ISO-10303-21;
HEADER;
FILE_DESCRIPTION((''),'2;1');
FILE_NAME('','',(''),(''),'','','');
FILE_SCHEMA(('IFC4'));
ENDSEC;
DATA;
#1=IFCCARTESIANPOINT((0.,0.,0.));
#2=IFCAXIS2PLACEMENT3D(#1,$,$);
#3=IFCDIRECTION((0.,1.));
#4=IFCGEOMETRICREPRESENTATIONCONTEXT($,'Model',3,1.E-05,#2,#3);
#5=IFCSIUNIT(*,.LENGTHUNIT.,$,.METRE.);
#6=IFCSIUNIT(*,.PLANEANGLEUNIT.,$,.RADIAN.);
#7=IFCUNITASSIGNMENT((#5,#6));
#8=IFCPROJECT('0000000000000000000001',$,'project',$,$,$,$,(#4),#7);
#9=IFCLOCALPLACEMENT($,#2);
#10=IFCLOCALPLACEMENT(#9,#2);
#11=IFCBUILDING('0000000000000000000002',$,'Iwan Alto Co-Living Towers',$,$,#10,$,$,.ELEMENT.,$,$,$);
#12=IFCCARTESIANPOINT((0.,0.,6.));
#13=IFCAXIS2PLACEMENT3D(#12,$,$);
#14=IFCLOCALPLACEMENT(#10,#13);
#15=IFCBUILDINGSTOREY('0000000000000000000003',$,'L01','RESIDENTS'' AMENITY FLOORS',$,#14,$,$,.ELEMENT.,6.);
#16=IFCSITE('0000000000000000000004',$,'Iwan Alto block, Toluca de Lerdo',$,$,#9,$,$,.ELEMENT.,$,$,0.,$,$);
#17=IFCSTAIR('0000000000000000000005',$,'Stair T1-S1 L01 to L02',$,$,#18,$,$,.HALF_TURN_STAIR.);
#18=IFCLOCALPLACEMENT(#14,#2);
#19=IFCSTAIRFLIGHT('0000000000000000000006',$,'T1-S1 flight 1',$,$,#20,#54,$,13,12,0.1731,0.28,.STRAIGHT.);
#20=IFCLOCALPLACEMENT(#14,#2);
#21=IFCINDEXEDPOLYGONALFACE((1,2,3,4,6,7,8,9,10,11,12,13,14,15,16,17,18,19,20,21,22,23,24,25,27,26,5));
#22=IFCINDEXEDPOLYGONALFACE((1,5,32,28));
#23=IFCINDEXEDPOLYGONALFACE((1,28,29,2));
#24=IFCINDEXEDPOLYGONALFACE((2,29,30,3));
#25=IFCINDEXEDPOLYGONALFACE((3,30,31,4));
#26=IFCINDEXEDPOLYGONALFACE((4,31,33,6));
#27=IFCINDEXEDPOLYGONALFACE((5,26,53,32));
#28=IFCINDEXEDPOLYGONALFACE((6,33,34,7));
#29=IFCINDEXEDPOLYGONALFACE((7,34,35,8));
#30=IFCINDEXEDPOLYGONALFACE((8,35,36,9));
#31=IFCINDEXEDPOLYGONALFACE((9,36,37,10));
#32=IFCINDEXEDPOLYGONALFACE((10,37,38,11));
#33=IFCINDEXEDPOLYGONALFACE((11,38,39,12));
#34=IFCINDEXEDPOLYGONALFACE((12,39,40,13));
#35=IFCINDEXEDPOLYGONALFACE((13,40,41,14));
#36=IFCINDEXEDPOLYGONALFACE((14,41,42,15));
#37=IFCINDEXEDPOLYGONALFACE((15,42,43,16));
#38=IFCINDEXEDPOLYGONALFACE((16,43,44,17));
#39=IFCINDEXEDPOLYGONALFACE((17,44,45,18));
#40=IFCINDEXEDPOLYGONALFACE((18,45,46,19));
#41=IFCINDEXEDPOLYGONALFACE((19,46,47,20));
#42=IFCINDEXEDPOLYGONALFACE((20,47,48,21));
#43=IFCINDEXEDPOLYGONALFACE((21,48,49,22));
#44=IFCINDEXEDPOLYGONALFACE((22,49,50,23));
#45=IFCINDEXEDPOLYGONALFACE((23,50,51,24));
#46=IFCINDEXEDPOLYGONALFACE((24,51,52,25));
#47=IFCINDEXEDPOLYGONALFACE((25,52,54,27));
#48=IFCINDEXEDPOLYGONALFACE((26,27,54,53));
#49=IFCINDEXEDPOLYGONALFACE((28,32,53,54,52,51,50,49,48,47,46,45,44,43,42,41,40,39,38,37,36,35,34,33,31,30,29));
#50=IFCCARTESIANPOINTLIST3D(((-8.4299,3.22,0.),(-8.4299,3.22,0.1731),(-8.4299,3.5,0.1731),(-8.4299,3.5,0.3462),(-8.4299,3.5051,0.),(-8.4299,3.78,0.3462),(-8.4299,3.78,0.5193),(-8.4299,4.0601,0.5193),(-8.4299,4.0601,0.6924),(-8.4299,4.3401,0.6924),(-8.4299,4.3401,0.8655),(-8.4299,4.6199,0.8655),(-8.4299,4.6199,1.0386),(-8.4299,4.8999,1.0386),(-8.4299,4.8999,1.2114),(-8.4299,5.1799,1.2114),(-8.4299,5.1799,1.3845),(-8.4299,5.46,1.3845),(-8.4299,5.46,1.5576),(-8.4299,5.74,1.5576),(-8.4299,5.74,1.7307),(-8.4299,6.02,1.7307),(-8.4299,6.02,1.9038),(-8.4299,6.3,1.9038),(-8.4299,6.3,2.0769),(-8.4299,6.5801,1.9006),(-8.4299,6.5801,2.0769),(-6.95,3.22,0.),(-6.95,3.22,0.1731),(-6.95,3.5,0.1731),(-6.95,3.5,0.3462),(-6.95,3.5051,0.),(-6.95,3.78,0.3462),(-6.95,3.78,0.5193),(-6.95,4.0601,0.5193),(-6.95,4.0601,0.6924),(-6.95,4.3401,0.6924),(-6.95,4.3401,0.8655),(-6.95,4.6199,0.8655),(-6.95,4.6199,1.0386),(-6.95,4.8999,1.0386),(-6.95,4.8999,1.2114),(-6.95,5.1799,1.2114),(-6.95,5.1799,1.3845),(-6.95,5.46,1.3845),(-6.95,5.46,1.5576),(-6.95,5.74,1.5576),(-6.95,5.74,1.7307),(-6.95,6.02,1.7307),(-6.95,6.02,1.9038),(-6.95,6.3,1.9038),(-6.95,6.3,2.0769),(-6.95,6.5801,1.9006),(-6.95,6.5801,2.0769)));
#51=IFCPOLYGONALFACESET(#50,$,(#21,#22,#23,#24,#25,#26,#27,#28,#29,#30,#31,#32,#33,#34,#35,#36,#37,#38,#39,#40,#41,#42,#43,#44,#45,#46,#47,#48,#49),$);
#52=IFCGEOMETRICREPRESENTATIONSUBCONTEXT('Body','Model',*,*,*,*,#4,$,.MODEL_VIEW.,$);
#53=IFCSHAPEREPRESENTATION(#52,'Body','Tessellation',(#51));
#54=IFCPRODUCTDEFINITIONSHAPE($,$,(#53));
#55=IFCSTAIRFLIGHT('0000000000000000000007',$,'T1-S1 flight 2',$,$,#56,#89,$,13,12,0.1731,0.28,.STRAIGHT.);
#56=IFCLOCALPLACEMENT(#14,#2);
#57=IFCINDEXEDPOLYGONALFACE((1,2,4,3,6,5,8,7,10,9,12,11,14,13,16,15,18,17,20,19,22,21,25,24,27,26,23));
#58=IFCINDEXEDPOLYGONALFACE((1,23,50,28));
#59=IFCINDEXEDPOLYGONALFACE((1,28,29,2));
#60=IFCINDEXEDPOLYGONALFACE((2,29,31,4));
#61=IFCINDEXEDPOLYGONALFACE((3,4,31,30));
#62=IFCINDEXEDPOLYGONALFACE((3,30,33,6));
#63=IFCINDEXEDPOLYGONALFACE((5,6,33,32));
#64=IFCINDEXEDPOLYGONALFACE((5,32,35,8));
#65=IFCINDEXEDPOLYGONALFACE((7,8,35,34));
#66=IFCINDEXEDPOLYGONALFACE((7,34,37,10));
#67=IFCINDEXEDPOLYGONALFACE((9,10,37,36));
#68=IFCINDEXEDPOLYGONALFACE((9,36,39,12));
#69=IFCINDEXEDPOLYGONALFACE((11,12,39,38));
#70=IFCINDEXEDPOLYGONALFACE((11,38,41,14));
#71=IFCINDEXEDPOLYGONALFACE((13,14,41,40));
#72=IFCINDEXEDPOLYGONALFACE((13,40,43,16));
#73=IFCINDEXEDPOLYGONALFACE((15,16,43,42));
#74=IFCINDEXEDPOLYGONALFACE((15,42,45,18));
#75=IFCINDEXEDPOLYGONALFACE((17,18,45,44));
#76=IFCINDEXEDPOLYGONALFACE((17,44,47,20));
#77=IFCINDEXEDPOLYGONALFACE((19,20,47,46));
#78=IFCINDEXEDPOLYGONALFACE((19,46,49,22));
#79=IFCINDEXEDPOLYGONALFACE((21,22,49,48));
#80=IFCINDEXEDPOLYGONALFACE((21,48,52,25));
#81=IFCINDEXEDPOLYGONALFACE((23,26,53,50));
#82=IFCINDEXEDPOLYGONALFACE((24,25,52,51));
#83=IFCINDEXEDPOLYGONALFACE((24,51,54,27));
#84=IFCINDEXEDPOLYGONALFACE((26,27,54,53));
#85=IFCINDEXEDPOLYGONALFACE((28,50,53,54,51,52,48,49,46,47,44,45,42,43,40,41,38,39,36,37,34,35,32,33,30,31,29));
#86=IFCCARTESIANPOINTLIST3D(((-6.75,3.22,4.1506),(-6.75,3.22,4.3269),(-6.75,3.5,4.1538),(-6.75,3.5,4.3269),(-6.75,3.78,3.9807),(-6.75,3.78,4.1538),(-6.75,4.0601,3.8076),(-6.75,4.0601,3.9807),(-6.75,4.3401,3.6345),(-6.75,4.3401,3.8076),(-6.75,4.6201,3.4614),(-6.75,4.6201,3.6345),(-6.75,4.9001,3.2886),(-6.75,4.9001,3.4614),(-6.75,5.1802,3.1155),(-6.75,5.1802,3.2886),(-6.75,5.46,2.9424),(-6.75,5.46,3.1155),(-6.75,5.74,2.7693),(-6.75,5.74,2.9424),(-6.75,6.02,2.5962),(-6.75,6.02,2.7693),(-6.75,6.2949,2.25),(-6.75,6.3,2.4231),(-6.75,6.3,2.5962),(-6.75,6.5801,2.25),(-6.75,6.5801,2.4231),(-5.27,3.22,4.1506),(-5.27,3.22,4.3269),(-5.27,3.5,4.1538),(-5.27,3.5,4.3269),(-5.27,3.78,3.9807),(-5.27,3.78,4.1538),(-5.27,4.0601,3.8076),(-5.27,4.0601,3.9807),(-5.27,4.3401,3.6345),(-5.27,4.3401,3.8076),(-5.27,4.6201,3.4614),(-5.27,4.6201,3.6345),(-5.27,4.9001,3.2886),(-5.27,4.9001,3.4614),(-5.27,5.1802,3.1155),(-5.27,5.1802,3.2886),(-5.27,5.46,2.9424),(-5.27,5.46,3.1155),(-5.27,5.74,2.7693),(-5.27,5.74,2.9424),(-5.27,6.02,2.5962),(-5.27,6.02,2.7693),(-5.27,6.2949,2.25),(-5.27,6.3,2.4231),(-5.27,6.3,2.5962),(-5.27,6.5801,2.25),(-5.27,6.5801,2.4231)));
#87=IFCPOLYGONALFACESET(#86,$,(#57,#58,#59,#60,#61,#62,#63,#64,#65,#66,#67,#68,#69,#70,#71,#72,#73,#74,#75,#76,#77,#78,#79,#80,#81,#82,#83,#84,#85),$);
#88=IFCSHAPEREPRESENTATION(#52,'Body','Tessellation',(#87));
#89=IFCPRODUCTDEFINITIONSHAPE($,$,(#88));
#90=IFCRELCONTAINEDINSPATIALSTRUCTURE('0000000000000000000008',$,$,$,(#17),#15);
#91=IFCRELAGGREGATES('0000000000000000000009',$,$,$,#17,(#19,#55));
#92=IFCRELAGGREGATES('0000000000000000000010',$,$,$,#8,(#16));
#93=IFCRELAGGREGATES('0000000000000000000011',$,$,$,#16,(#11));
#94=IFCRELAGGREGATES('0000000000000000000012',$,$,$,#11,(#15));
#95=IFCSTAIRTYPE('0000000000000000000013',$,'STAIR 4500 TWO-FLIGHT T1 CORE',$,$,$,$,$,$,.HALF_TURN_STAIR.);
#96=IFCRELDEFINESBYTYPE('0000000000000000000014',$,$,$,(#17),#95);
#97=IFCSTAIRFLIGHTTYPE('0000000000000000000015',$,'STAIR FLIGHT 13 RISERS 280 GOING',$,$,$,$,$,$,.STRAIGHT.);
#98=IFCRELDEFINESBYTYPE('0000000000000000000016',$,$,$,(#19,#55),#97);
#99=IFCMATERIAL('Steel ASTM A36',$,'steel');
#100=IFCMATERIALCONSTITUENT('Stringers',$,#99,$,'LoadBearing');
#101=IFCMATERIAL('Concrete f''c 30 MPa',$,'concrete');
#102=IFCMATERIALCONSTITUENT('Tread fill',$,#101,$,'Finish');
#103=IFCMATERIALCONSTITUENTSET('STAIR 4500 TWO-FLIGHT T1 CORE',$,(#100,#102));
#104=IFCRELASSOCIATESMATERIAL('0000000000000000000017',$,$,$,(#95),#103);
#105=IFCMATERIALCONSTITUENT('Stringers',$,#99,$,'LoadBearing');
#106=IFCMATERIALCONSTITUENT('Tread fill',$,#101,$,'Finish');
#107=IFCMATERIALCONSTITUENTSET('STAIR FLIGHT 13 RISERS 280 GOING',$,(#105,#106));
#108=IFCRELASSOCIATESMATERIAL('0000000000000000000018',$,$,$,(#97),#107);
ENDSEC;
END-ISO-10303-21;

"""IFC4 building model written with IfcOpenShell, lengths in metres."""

from ifc_helpers import new_model, si_unit, direction, frame, origin, place, context, subcontext, project, spatial, polyline, outline, extrude, material, constituent, constituent_set, type_object, element, aggregate, save


model = new_model("IFC4")

# Units and contexts
model_context = context("Model", 3, precision=1e-05, world=origin(), true_north=direction((0.0, 1.0)))
body_context = subcontext(model_context, "Body", "Model", "MODEL_VIEW")
ifc_project = project(units=[si_unit("LENGTHUNIT", "METRE"), si_unit("PLANEANGLEUNIT", "RADIAN")], contexts=[model_context])

# Site, building, storey
site_placement = place(None, origin())
site = spatial("IfcSite", under=ifc_project, at=site_placement, Name="Iwan Alto block, Toluca de Lerdo", CompositionType="ELEMENT", RefElevation=0.0)
building_placement = place(site_placement, origin())
building = spatial("IfcBuilding", under=site, at=building_placement, Name="Iwan Alto Co-Living Towers", CompositionType="ELEMENT")
storey_placement = place(building_placement, frame((0.0, 0.0, 6.0)))
storey = spatial("IfcBuildingStorey", under=building, at=storey_placement, Name="L01", Description="RESIDENTS' AMENITY FLOORS", CompositionType="ELEMENT", Elevation=6.0)

# Stair, stair flights
ifc_material_1 = material(Name="Steel ASTM A36", Category="steel")
ifc_constituent_1 = constituent(ifc_material_1, Name="Stringers", Category="LoadBearing")
ifc_material_2 = material(Name="Concrete f'c 30 MPa", Category="concrete")
ifc_constituent_2 = constituent(ifc_material_2, Name="Tread fill", Category="Finish")
ifc_constituent_set_1 = constituent_set(constituents=[ifc_constituent_1, ifc_constituent_2], Name="STAIR 4500 TWO-FLIGHT T1 CORE")
stair_type = type_object("IfcStairType", Name="STAIR 4500 TWO-FLIGHT T1 CORE", PredefinedType="HALF_TURN_STAIR", material=ifc_constituent_set_1)
stair_placement = place(storey_placement, origin())
stair = element("IfcStair", 1, at=stair_placement, inside=storey, type_object=stair_type, Name="Stair T1-S1 L01 to L02", PredefinedType="HALF_TURN_STAIR")
ifc_constituent_3 = constituent(ifc_material_1, Name="Stringers", Category="LoadBearing")
ifc_constituent_4 = constituent(ifc_material_2, Name="Tread fill", Category="Finish")
ifc_constituent_set_2 = constituent_set(constituents=[ifc_constituent_3, ifc_constituent_4], Name="STAIR FLIGHT 13 RISERS 280 GOING")
stair_flight_type = type_object("IfcStairFlightType", Name="STAIR FLIGHT 13 RISERS 280 GOING", PredefinedType="STRAIGHT", material=ifc_constituent_set_2)
stair_flight_1_placement = place(storey_placement, frame((-7.6899, 3.22, 0.0), z_axis=(0.0, 0.0, 1.0), x_axis=(0.0, 1.0, 0.0)))
stair_flight_1 = element("IfcStairFlight", 2, at=stair_flight_1_placement, type_object=stair_flight_type, Name="T1-S1 flight 1", NumberOfRisers=13, NumberOfTreads=12, PredefinedType="STRAIGHT", RiserHeight=0.1731, TreadLength=0.28, context=body_context, shape_type="SweptSolid", body=[
    extrude(outline(polyline([(0.0, 0.0), (0.0, 0.1731), (0.28, 0.1731), (0.28, 0.3462), (0.5601, 0.3462), (0.5601, 0.5193), (0.8401, 0.5193), (0.8401, 0.6924), (1.1201, 0.6924), (1.1201, 0.8655), (1.3999, 0.8655), (1.3999, 1.0386), (1.6799, 1.0386), (1.6799, 1.2114), (1.96, 1.2114), (1.96, 1.3845), (2.24, 1.3845), (2.24, 1.5576), (2.52, 1.5576), (2.52, 1.7307), (2.8, 1.7307), (2.8, 1.9038), (3.0801, 1.9038), (3.0801, 2.0769), (3.3601, 2.0769), (3.3601, 2.25), (3.3601, 1.9006), (0.2852, 0.0), (0.0, 0.0)])), frame((0.0, 0.74, 0.0), z_axis=(0.0, -1.0, 0.0), x_axis=(1.0, 0.0, 0.0)), (0.0, 0.0, 1.0), 1.48),
])
stair_flight_2_placement = place(storey_placement, frame((-6.01, 6.5801, 2.25), z_axis=(0.0, 0.0, 1.0), x_axis=(0.0, -1.0, 0.0)))
stair_flight_2 = element("IfcStairFlight", 3, at=stair_flight_2_placement, type_object=stair_flight_type, Name="T1-S1 flight 2", NumberOfRisers=13, NumberOfTreads=12, PredefinedType="STRAIGHT", RiserHeight=0.1731, TreadLength=0.28, context=body_context, shape_type="SweptSolid", body=[
    extrude(outline(polyline([(0.0, 0.0), (0.0, 0.1731), (0.28, 0.1731), (0.28, 0.3462), (0.5601, 0.3462), (0.5601, 0.5193), (0.8401, 0.5193), (0.8401, 0.6924), (1.1201, 0.6924), (1.1201, 0.8655), (1.3999, 0.8655), (1.3999, 1.0386), (1.6799, 1.0386), (1.6799, 1.2114), (1.96, 1.2114), (1.96, 1.3845), (2.24, 1.3845), (2.24, 1.5576), (2.52, 1.5576), (2.52, 1.7307), (2.8, 1.7307), (2.8, 1.9038), (3.0801, 1.9038), (3.0801, 2.0769), (3.3601, 2.0769), (3.3601, 2.25), (3.3601, 1.9006), (0.2852, 0.0), (0.0, 0.0)])), frame((0.0, 0.74, 0.0), z_axis=(0.0, -1.0, 0.0), x_axis=(1.0, 0.0, 0.0)), (0.0, 0.0, 1.0), 1.48),
])
aggregate(stair, [stair_flight_1, stair_flight_2])

save(model, "model.ifc")
